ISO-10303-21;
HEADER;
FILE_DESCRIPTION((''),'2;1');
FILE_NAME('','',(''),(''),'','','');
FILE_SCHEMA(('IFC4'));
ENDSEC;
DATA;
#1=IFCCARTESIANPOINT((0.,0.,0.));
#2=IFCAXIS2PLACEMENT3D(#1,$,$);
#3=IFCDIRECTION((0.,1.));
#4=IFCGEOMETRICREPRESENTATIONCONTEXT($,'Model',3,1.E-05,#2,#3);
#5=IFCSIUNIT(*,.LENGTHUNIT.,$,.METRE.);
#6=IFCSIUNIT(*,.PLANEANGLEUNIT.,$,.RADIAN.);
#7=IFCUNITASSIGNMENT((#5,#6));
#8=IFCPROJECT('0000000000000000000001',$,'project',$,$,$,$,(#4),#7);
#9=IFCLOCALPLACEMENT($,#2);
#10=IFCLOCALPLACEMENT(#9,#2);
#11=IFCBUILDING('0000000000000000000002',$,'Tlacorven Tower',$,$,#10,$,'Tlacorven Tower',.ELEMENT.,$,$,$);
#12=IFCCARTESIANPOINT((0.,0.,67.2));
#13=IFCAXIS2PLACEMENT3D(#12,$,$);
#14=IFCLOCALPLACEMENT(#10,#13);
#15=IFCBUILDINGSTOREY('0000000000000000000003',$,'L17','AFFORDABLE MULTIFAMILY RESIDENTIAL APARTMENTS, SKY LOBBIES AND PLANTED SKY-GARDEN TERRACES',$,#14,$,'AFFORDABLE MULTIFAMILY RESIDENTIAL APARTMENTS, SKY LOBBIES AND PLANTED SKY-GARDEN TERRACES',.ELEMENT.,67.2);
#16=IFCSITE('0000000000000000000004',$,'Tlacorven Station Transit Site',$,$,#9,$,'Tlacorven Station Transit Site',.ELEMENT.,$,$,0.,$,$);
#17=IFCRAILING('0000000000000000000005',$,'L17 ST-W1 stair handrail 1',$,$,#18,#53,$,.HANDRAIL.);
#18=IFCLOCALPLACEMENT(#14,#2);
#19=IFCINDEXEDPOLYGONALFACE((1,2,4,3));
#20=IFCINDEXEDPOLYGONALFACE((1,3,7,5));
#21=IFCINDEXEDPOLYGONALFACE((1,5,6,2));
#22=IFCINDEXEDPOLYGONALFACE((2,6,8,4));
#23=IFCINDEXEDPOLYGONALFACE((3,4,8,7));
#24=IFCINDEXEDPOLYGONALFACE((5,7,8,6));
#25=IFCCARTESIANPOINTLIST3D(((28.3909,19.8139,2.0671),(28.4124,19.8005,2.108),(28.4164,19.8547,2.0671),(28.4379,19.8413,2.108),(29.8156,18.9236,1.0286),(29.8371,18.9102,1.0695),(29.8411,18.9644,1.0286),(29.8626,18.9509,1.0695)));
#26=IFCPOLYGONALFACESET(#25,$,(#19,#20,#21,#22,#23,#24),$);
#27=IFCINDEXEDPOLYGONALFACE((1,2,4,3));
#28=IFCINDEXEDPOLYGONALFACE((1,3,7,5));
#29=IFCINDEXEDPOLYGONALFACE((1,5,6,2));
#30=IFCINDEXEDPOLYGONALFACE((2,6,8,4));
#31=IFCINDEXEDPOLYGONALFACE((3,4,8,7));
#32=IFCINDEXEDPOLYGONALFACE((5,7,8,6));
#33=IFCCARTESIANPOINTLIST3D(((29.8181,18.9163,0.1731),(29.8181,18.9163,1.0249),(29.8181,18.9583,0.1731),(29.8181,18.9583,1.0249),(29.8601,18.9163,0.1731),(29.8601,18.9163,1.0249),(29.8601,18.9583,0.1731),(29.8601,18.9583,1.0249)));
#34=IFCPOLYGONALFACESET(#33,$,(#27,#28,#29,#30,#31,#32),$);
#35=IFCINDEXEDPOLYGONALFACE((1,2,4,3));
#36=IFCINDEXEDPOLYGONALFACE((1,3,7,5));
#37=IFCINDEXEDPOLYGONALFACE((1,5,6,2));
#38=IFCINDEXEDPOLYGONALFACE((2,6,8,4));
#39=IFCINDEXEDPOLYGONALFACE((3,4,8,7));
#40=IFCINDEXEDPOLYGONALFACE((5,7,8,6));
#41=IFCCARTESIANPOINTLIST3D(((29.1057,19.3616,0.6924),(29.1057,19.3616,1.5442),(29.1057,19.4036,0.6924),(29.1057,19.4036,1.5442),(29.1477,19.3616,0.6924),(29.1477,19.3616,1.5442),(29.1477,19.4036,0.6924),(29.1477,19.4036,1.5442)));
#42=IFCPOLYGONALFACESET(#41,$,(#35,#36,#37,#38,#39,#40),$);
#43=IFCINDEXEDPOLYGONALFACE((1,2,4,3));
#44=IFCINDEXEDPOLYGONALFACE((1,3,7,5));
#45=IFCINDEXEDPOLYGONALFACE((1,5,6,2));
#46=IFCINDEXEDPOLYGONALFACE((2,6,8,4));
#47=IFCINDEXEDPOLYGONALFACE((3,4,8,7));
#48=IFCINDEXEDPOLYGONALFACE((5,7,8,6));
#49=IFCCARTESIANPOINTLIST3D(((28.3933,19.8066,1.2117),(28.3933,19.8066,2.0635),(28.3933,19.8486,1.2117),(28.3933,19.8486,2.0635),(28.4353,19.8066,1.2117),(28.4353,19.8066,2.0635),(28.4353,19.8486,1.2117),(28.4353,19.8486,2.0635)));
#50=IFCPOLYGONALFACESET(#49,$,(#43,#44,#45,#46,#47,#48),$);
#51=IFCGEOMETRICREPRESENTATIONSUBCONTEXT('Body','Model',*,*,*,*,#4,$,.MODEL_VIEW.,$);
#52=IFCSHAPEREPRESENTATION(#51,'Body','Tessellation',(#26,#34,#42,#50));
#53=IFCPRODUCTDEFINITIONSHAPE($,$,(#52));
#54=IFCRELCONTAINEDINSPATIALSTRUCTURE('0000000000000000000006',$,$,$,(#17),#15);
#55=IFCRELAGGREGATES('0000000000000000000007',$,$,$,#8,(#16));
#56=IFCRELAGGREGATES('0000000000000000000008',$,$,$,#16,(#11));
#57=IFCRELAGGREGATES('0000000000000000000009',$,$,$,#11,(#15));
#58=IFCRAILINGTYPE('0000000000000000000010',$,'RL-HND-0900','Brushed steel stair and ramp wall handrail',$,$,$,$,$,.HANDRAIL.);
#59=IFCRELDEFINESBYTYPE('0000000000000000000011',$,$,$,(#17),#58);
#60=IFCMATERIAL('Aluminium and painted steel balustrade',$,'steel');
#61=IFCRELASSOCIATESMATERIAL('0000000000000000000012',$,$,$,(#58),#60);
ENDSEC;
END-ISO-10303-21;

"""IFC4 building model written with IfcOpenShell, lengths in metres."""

from ifc_helpers import new_model, si_unit, direction, frame, origin, origin_2d, place, context, subcontext, project, spatial, rectangle, extrude, source, transform, mapped, material, type_object, element, save


model = new_model("IFC4")

# Units and contexts
model_context = context("Model", 3, precision=1e-05, world=origin(), true_north=direction((0.0, 1.0)))
body_context = subcontext(model_context, "Body", "Model", "MODEL_VIEW")
ifc_project = project(units=[si_unit("LENGTHUNIT", "METRE"), si_unit("PLANEANGLEUNIT", "RADIAN")], contexts=[model_context])

# Site, building, storey
site_placement = place(None, origin())
site = spatial("IfcSite", under=ifc_project, at=site_placement, Name="Tlacorven Station Transit Site", LongName="Tlacorven Station Transit Site", CompositionType="ELEMENT", RefElevation=0.0)
building_placement = place(site_placement, origin())
building = spatial("IfcBuilding", under=site, at=building_placement, Name="Tlacorven Tower", LongName="Tlacorven Tower", CompositionType="ELEMENT")
storey_placement = place(building_placement, frame((0.0, 0.0, 67.2)))
storey = spatial("IfcBuildingStorey", under=building, at=storey_placement, Name="L17", Description="AFFORDABLE MULTIFAMILY RESIDENTIAL APARTMENTS, SKY LOBBIES AND PLANTED SKY-GARDEN TERRACES", LongName="AFFORDABLE MULTIFAMILY RESIDENTIAL APARTMENTS, SKY LOBBIES AND PLANTED SKY-GARDEN TERRACES", CompositionType="ELEMENT", Elevation=67.2)

# Railing
ifc_material_1 = material(Name="Aluminium and painted steel balustrade", Category="steel")
railing_type = type_object("IfcRailingType", Name="RL-HND-0900", Description="Brushed steel stair and ramp wall handrail", PredefinedType="HANDRAIL", material=ifc_material_1)
shared_shape_1 = source(origin(), body_context, "Body", "SweptSolid", [
    extrude(rectangle(XDim=0.0481, YDim=0.0481, at=origin_2d()), frame((0.0, 0.0, 0.876), z_axis=(-0.721341, 0.450776, 0.525803), x_axis=(-0.529947, -0.848031, 0.0)), (0.0, 0.0, 1.0), 1.9751),
    extrude(rectangle(XDim=0.042, YDim=0.042, at=origin_2d()), origin(), (0.0, 0.0, 1.0), 0.8518),
    extrude(rectangle(XDim=0.042, YDim=0.042, at=origin_2d()), frame((-0.7124, 0.4453, 0.5193)), (0.0, 0.0, 1.0), 0.8518),
    extrude(rectangle(XDim=0.042, YDim=0.042, at=origin_2d()), frame((-1.4248, 0.8904, 1.0386)), (0.0, 0.0, 1.0), 0.8518),
])
railing_placement = place(storey_placement, frame((29.8391, 18.9373, 0.1731)))
element("IfcRailing", 1, at=railing_placement, inside=storey, type_object=railing_type, Name="L17 ST-W1 stair handrail 1", PredefinedType="HANDRAIL", context=body_context, shape_type="MappedRepresentation", body=[
    mapped(shared_shape_1, transform((0.0, 0.0, 0.0), scale=1.0)),
])

save(model, "model.ifc")
